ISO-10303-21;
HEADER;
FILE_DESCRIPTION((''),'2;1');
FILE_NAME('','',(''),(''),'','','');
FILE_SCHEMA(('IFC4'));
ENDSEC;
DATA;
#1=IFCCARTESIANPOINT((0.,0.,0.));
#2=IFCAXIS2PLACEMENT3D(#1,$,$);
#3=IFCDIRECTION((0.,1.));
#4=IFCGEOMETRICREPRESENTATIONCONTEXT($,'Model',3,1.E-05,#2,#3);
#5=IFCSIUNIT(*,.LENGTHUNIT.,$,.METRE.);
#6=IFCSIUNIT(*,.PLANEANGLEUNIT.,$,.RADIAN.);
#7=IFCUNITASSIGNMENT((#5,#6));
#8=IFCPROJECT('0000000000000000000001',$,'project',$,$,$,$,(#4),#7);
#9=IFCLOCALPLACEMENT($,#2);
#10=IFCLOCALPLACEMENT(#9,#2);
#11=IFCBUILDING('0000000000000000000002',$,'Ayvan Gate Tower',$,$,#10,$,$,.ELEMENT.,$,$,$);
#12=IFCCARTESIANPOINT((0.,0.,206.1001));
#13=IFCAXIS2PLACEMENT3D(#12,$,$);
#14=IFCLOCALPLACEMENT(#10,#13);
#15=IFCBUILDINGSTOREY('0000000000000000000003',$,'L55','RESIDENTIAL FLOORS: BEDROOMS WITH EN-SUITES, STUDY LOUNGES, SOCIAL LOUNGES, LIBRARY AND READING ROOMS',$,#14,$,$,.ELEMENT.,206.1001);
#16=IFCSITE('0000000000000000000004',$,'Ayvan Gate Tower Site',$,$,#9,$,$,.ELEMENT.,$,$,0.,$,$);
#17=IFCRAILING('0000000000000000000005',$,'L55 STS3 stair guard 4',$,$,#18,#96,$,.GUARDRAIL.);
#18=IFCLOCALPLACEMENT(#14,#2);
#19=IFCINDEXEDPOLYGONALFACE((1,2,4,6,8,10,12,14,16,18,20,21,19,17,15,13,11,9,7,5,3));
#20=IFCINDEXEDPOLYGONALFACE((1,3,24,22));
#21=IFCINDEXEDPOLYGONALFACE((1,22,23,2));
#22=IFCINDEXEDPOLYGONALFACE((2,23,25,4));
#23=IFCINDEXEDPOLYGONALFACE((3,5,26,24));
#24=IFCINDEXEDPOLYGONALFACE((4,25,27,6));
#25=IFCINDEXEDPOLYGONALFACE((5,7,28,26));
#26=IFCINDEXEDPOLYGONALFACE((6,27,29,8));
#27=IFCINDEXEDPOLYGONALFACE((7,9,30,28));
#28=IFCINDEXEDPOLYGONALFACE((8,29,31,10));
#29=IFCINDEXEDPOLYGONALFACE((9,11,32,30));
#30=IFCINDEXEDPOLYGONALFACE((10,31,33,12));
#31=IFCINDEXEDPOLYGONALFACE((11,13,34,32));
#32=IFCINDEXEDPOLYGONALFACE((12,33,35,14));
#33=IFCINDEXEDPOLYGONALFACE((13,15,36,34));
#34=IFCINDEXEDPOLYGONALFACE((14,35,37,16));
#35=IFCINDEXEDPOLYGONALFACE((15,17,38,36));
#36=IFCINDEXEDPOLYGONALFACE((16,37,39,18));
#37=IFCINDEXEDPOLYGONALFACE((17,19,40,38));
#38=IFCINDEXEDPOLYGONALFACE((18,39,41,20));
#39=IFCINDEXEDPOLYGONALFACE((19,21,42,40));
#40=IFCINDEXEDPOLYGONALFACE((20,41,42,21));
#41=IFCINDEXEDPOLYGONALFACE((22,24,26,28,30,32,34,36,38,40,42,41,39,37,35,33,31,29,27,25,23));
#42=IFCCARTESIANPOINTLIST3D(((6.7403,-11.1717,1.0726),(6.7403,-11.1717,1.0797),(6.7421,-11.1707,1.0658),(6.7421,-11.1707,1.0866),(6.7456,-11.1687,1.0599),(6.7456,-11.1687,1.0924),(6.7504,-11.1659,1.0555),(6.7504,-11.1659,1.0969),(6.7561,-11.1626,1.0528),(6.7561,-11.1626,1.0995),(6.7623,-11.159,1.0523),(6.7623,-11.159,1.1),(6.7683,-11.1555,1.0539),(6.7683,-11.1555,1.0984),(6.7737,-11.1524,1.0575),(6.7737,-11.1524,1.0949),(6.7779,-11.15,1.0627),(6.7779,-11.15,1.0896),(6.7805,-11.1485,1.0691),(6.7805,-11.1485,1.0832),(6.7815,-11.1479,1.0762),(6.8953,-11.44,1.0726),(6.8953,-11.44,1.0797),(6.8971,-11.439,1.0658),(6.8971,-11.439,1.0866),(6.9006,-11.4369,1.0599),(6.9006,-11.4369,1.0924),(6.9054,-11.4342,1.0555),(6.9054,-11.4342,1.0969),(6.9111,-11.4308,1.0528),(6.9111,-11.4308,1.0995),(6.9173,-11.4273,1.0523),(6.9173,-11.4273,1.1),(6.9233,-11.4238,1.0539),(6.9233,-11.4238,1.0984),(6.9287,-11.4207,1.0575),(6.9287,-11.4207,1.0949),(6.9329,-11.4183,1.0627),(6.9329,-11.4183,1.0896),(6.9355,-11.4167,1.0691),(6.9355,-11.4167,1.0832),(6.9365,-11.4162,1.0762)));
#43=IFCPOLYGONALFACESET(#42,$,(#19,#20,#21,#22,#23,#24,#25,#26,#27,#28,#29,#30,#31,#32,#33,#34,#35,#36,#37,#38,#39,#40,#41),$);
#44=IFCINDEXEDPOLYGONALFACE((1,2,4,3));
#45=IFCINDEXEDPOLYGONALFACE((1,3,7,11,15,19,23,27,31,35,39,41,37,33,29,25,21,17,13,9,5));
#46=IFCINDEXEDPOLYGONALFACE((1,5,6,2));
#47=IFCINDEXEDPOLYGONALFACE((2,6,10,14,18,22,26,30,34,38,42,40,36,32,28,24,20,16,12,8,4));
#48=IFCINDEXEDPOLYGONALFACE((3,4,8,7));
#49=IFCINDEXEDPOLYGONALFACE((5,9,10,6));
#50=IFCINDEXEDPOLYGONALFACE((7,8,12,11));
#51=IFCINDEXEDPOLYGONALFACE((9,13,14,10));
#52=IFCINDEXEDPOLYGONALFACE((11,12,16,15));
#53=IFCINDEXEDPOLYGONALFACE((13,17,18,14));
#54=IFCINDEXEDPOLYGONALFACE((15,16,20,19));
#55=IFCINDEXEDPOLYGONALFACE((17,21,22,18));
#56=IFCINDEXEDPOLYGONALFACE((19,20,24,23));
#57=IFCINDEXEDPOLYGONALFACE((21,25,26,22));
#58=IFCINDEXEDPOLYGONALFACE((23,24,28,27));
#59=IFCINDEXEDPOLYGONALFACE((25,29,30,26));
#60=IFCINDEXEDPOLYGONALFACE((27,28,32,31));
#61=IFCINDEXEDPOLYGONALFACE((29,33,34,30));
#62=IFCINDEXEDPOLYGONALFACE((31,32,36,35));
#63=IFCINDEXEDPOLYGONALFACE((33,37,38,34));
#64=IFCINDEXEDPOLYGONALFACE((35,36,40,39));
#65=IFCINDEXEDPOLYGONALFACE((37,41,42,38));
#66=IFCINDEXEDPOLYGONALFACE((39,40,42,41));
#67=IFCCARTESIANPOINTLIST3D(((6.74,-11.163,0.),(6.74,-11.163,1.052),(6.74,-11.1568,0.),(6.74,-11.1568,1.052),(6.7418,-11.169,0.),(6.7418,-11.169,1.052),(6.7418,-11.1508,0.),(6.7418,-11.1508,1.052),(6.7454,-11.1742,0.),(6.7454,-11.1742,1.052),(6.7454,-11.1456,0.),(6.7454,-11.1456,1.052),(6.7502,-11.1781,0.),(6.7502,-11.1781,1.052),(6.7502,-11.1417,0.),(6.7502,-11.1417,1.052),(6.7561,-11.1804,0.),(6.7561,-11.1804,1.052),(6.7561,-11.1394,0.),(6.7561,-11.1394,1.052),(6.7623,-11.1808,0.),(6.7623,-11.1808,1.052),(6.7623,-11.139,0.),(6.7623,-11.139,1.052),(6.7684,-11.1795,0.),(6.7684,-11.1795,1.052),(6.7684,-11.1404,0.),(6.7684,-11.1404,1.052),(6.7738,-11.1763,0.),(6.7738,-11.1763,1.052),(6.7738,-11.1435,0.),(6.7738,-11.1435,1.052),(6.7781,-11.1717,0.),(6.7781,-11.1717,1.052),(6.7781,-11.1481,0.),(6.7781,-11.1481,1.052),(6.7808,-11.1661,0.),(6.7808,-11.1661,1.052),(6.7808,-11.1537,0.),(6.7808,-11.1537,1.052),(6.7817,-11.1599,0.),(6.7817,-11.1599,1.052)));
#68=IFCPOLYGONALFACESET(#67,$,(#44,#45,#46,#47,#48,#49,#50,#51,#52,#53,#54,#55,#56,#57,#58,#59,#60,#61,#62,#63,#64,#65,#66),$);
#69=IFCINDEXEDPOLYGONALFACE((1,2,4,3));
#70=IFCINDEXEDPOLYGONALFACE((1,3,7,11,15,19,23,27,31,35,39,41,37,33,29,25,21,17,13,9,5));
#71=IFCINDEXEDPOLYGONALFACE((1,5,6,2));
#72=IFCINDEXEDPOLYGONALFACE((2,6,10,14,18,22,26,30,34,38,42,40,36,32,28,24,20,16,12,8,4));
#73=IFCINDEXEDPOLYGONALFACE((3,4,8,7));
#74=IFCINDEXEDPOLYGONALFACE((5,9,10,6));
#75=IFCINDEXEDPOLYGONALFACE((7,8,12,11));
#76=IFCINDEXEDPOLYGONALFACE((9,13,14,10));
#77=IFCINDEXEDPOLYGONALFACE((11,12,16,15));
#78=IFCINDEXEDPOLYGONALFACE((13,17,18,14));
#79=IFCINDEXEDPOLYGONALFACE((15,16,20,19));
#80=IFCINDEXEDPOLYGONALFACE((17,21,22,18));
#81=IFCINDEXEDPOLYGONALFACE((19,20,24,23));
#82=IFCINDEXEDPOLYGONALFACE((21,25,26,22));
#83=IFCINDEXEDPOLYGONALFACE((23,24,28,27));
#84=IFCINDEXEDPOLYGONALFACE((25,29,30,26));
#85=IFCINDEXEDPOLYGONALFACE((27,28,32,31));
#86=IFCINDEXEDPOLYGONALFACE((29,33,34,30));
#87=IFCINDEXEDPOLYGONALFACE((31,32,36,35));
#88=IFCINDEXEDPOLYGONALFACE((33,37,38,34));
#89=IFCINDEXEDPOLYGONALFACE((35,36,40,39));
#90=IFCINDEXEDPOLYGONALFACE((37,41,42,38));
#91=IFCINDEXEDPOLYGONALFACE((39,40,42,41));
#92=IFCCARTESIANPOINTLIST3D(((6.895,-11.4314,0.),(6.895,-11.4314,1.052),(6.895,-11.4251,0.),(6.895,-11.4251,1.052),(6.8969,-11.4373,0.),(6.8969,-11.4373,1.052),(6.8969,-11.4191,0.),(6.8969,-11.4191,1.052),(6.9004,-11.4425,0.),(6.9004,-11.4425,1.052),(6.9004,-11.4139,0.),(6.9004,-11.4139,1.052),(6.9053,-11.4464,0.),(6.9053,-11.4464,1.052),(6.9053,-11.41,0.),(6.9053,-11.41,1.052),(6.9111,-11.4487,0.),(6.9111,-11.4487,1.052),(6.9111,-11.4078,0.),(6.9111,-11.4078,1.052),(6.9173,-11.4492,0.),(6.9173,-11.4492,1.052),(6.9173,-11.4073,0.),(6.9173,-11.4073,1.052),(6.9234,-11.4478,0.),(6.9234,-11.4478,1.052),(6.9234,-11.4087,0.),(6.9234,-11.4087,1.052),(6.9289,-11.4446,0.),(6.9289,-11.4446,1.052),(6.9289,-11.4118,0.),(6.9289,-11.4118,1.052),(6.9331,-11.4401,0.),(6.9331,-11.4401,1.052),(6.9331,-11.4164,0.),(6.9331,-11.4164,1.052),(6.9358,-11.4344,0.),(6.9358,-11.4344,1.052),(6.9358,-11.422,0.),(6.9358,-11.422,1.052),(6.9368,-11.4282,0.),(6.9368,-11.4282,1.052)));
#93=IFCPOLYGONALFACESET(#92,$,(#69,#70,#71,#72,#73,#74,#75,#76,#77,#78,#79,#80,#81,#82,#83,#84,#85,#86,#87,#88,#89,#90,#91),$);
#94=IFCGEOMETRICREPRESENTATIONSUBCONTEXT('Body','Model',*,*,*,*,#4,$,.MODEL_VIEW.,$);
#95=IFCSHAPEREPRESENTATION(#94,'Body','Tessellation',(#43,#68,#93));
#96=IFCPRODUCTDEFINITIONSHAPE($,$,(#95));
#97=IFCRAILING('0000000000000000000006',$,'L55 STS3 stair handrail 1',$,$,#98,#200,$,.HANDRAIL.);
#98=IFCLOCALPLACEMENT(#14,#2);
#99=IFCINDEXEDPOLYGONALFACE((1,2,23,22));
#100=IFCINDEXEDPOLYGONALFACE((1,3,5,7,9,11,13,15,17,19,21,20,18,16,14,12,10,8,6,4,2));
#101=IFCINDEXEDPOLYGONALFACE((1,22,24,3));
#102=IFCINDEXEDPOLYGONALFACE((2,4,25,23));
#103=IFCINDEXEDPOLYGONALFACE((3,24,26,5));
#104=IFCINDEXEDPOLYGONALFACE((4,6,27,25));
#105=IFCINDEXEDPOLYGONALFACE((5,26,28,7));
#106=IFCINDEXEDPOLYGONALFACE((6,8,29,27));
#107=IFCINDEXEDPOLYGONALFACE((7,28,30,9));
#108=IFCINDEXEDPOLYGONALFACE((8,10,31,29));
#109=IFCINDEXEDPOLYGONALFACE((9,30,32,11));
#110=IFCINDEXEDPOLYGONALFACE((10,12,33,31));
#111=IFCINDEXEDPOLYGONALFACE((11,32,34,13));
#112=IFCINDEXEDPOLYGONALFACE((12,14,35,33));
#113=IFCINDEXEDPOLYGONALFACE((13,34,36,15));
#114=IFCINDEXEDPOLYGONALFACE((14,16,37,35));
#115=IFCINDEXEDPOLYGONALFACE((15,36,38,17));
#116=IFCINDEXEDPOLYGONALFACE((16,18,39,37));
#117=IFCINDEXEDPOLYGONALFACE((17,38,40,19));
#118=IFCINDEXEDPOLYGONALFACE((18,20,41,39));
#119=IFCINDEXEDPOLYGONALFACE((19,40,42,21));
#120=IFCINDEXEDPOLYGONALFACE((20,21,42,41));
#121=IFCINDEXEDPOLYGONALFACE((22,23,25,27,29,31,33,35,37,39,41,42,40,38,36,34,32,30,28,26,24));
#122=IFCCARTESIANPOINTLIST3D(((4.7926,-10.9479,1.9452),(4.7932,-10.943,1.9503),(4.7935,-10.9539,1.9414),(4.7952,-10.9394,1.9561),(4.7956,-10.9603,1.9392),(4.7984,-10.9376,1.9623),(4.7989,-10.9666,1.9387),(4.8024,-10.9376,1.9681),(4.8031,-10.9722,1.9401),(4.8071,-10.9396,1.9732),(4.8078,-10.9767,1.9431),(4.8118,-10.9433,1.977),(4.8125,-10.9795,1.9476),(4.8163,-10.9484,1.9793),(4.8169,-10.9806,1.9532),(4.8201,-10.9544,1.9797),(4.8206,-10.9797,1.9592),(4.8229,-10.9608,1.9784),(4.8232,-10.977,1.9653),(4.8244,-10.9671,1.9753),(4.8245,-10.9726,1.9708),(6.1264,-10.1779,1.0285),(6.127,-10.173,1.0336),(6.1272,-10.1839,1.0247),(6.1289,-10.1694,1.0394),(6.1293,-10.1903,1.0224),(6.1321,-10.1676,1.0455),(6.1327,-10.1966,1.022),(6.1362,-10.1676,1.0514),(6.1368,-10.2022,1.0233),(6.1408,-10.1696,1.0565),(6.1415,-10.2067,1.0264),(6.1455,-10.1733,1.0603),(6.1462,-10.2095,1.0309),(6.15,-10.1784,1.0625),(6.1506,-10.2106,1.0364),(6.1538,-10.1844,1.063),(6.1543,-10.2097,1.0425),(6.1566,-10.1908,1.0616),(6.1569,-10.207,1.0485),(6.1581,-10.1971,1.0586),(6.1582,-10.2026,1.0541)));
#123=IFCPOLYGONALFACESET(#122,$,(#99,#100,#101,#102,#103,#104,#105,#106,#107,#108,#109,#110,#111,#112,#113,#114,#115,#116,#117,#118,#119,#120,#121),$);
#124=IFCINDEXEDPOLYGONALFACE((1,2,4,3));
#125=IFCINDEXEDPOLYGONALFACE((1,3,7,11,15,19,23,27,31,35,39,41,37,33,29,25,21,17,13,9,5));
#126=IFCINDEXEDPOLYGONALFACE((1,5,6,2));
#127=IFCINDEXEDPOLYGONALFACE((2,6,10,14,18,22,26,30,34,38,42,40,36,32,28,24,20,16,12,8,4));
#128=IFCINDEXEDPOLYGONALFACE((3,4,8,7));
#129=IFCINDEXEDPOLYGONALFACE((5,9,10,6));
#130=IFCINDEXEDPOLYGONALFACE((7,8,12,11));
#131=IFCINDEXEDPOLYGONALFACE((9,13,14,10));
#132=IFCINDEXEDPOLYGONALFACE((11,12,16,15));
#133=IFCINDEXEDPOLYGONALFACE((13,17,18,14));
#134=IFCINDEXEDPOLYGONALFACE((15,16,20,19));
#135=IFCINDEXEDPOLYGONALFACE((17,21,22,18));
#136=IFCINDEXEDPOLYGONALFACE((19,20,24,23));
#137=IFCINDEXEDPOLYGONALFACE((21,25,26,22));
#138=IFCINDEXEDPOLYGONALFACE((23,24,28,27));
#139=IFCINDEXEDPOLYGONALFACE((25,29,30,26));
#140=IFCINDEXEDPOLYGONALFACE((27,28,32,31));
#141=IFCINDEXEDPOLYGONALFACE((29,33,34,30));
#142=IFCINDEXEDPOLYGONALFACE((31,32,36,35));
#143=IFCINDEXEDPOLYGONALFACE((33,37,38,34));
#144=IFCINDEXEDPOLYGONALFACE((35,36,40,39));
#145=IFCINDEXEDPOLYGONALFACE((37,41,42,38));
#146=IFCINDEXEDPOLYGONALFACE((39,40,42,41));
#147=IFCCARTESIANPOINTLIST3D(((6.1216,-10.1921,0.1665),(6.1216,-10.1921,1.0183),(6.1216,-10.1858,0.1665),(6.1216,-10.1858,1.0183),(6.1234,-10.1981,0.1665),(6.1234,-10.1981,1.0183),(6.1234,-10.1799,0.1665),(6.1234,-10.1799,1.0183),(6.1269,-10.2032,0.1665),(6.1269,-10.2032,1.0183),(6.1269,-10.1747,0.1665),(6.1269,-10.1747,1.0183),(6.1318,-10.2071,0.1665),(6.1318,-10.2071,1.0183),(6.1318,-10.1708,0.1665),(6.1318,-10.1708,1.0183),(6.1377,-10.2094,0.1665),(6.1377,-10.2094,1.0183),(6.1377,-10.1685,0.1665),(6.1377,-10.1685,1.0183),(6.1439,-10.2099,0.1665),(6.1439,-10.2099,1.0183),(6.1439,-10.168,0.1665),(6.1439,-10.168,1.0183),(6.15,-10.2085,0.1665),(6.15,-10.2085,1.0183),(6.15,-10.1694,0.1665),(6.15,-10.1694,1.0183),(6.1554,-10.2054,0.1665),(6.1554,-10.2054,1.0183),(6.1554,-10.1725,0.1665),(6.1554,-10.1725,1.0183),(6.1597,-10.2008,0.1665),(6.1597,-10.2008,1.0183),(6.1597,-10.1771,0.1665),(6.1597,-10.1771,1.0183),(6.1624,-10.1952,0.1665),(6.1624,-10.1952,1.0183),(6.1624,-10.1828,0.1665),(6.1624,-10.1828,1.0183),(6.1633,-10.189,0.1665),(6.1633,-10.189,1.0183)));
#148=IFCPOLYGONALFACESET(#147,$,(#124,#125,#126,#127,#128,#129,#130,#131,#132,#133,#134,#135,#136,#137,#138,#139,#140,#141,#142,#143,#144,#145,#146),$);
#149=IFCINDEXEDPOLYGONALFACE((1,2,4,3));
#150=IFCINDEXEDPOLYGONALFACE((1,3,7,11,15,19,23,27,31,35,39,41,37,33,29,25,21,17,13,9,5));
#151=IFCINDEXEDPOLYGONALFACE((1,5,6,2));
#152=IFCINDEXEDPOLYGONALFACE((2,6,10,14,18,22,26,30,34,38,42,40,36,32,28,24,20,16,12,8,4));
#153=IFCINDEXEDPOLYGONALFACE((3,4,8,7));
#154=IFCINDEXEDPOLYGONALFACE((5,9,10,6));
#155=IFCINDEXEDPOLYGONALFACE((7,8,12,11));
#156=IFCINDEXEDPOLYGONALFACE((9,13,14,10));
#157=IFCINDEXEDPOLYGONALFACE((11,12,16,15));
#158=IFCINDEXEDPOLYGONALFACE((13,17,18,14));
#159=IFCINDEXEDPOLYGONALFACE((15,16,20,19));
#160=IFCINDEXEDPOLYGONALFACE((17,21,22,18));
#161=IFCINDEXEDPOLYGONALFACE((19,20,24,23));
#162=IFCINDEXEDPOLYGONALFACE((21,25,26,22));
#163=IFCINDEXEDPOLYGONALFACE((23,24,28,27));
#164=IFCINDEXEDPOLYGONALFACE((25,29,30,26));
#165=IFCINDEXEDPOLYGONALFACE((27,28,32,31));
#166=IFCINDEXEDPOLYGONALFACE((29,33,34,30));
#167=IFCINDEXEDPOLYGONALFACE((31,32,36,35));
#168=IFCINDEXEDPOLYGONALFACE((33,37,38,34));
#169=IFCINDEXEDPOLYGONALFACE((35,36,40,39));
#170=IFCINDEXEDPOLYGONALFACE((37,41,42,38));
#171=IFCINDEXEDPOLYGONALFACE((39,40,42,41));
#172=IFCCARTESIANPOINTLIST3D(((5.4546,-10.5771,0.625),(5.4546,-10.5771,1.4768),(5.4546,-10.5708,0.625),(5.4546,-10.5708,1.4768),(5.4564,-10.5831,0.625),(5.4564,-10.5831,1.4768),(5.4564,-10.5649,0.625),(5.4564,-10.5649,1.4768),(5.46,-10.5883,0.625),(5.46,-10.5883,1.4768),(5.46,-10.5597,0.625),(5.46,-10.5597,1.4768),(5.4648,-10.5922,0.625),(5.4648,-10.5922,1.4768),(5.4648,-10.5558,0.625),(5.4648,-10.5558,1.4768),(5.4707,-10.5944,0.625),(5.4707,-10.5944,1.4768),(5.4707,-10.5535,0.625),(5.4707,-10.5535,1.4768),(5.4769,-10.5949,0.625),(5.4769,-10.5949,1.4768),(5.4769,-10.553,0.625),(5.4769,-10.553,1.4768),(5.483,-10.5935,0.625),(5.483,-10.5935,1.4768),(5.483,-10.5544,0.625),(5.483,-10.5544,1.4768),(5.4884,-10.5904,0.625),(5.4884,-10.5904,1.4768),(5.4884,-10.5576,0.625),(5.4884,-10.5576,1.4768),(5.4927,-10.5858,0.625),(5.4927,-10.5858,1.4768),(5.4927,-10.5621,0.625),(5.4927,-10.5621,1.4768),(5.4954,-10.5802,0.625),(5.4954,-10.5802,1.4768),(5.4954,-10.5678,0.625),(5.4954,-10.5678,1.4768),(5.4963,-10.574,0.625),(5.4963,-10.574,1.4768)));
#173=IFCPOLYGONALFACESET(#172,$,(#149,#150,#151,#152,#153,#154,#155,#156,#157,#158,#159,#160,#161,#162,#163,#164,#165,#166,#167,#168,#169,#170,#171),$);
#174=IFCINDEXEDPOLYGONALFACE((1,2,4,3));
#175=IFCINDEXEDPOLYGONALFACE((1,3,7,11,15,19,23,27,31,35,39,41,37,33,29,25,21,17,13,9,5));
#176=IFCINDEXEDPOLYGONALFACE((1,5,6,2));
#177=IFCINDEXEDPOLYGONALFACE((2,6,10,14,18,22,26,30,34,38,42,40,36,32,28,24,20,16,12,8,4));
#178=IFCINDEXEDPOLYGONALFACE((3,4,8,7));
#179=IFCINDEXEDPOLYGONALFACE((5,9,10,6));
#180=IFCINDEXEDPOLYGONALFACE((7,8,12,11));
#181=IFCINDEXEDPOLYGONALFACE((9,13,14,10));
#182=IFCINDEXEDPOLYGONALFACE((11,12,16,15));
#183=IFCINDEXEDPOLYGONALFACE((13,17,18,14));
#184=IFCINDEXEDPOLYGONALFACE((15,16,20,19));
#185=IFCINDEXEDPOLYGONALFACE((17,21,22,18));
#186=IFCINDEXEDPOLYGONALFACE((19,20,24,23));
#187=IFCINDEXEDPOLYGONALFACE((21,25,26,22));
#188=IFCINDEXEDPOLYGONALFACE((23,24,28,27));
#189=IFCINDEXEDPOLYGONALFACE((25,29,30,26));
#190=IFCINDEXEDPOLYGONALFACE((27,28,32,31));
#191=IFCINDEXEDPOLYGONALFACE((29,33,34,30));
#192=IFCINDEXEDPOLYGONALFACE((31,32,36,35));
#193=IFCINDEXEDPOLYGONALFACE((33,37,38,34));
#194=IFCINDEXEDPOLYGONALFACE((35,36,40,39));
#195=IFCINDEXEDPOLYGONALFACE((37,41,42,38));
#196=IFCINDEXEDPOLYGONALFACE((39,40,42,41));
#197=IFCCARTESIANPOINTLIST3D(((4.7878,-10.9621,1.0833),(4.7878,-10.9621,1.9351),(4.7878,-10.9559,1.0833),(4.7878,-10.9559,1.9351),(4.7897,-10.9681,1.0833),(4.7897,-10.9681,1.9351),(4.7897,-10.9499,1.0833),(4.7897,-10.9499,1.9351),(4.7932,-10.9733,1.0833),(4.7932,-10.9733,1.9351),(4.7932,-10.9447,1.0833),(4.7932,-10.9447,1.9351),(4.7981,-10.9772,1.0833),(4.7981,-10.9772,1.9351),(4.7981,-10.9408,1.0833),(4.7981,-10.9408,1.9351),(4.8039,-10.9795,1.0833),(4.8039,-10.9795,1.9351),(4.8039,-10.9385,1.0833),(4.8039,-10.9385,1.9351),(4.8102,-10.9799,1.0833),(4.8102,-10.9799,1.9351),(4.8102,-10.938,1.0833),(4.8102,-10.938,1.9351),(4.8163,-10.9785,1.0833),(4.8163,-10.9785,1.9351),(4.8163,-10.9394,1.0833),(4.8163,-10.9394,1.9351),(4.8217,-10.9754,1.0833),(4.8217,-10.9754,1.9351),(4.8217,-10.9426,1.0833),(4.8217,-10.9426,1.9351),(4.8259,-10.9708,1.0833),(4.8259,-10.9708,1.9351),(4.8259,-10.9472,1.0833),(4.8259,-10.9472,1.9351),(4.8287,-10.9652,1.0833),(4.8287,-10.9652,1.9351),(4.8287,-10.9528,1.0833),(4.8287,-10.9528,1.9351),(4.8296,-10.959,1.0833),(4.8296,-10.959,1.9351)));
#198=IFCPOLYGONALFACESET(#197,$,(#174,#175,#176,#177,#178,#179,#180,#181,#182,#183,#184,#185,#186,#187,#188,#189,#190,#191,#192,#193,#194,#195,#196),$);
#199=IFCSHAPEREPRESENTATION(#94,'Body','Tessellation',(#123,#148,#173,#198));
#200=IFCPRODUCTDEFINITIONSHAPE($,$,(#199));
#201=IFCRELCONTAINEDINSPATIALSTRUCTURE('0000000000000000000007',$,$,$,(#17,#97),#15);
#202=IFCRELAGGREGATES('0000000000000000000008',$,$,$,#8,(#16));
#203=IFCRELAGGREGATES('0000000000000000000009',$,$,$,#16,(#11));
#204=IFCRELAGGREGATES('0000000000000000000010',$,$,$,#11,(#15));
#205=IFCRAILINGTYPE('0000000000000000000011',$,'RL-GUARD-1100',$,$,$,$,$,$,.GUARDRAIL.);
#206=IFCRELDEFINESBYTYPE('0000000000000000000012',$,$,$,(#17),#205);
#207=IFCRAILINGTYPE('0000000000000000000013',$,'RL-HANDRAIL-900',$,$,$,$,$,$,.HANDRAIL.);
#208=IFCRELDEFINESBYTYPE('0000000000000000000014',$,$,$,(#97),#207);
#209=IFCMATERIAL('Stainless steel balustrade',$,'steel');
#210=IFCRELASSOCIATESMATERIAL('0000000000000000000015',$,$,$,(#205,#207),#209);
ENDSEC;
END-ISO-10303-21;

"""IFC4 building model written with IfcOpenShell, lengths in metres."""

from ifc_helpers import new_model, si_unit, direction, frame, origin, origin_2d, place, context, subcontext, project, spatial, circle, extrude, material, type_object, element, save


model = new_model("IFC4")

# Units and contexts
model_context = context("Model", 3, precision=1e-05, world=origin(), true_north=direction((0.0, 1.0)))
body_context = subcontext(model_context, "Body", "Model", "MODEL_VIEW")
ifc_project = project(units=[si_unit("LENGTHUNIT", "METRE"), si_unit("PLANEANGLEUNIT", "RADIAN")], contexts=[model_context])

# Site, building, storey
site_placement = place(None, origin())
site = spatial("IfcSite", under=ifc_project, at=site_placement, Name="Ayvan Gate Tower Site", CompositionType="ELEMENT", RefElevation=0.0)
building_placement = place(site_placement, origin())
building = spatial("IfcBuilding", under=site, at=building_placement, Name="Ayvan Gate Tower", CompositionType="ELEMENT")
storey_placement = place(building_placement, frame((0.0, 0.0, 206.1001)))
storey = spatial("IfcBuildingStorey", under=building, at=storey_placement, Name="L55", Description="RESIDENTIAL FLOORS: BEDROOMS WITH EN-SUITES, STUDY LOUNGES, SOCIAL LOUNGES, LIBRARY AND READING ROOMS", CompositionType="ELEMENT", Elevation=206.1001)

# Railings
ifc_material_1 = material(Name="Stainless steel balustrade", Category="steel")
railing_type_1 = type_object("IfcRailingType", Name="RL-GUARD-1100", PredefinedType="GUARDRAIL", material=ifc_material_1)
railing_1_placement = place(storey_placement, frame((6.7607, -11.1599, 0.0)))
element("IfcRailing", 1, at=railing_1_placement, inside=storey, type_object=railing_type_1, Name="L55 STS3 stair guard 4", PredefinedType="GUARDRAIL", context=body_context, shape_type="SweptSolid", body=[
    extrude(circle(Radius=0.0239, at=origin_2d()), frame((0.0, 0.0, 1.0762), z_axis=(0.500291, -0.865857, 0.0), x_axis=(0.865857, 0.500291, 0.0)), (0.0, 0.0, 1.0), 0.3098),
    extrude(circle(Radius=0.021, at=origin_2d()), origin(), (0.0, 0.0, 1.0), 1.052),
    extrude(circle(Radius=0.021, at=origin_2d()), frame((0.155, -0.2683, 0.0)), (0.0, 0.0, 1.0), 1.052),
])
railing_type_2 = type_object("IfcRailingType", Name="RL-HANDRAIL-900", PredefinedType="HANDRAIL", material=ifc_material_1)
railing_2_placement = place(storey_placement, frame((6.1423, -10.189, 0.1665)))
element("IfcRailing", 2, at=railing_2_placement, inside=storey, type_object=railing_type_2, Name="L55 STS3 stair handrail 1", PredefinedType="HANDRAIL", context=body_context, shape_type="SweptSolid", body=[
    extrude(circle(Radius=0.0239, at=origin_2d()), frame((0.0, 0.0, 0.876), z_axis=(-0.744164, -0.429634, 0.511502), x_axis=(0.499992, -0.86603, 0.0)), (0.0, 0.0, 1.0), 1.7922),
    extrude(circle(Radius=0.021, at=origin_2d()), origin(), (0.0, 0.0, 1.0), 0.8518),
    extrude(circle(Radius=0.021, at=origin_2d()), frame((-0.667, -0.385, 0.4585)), (0.0, 0.0, 1.0), 0.8518),
    extrude(circle(Radius=0.021, at=origin_2d()), frame((-1.3337, -0.77, 0.9167)), (0.0, 0.0, 1.0), 0.8518),
])

save(model, "model.ifc")
